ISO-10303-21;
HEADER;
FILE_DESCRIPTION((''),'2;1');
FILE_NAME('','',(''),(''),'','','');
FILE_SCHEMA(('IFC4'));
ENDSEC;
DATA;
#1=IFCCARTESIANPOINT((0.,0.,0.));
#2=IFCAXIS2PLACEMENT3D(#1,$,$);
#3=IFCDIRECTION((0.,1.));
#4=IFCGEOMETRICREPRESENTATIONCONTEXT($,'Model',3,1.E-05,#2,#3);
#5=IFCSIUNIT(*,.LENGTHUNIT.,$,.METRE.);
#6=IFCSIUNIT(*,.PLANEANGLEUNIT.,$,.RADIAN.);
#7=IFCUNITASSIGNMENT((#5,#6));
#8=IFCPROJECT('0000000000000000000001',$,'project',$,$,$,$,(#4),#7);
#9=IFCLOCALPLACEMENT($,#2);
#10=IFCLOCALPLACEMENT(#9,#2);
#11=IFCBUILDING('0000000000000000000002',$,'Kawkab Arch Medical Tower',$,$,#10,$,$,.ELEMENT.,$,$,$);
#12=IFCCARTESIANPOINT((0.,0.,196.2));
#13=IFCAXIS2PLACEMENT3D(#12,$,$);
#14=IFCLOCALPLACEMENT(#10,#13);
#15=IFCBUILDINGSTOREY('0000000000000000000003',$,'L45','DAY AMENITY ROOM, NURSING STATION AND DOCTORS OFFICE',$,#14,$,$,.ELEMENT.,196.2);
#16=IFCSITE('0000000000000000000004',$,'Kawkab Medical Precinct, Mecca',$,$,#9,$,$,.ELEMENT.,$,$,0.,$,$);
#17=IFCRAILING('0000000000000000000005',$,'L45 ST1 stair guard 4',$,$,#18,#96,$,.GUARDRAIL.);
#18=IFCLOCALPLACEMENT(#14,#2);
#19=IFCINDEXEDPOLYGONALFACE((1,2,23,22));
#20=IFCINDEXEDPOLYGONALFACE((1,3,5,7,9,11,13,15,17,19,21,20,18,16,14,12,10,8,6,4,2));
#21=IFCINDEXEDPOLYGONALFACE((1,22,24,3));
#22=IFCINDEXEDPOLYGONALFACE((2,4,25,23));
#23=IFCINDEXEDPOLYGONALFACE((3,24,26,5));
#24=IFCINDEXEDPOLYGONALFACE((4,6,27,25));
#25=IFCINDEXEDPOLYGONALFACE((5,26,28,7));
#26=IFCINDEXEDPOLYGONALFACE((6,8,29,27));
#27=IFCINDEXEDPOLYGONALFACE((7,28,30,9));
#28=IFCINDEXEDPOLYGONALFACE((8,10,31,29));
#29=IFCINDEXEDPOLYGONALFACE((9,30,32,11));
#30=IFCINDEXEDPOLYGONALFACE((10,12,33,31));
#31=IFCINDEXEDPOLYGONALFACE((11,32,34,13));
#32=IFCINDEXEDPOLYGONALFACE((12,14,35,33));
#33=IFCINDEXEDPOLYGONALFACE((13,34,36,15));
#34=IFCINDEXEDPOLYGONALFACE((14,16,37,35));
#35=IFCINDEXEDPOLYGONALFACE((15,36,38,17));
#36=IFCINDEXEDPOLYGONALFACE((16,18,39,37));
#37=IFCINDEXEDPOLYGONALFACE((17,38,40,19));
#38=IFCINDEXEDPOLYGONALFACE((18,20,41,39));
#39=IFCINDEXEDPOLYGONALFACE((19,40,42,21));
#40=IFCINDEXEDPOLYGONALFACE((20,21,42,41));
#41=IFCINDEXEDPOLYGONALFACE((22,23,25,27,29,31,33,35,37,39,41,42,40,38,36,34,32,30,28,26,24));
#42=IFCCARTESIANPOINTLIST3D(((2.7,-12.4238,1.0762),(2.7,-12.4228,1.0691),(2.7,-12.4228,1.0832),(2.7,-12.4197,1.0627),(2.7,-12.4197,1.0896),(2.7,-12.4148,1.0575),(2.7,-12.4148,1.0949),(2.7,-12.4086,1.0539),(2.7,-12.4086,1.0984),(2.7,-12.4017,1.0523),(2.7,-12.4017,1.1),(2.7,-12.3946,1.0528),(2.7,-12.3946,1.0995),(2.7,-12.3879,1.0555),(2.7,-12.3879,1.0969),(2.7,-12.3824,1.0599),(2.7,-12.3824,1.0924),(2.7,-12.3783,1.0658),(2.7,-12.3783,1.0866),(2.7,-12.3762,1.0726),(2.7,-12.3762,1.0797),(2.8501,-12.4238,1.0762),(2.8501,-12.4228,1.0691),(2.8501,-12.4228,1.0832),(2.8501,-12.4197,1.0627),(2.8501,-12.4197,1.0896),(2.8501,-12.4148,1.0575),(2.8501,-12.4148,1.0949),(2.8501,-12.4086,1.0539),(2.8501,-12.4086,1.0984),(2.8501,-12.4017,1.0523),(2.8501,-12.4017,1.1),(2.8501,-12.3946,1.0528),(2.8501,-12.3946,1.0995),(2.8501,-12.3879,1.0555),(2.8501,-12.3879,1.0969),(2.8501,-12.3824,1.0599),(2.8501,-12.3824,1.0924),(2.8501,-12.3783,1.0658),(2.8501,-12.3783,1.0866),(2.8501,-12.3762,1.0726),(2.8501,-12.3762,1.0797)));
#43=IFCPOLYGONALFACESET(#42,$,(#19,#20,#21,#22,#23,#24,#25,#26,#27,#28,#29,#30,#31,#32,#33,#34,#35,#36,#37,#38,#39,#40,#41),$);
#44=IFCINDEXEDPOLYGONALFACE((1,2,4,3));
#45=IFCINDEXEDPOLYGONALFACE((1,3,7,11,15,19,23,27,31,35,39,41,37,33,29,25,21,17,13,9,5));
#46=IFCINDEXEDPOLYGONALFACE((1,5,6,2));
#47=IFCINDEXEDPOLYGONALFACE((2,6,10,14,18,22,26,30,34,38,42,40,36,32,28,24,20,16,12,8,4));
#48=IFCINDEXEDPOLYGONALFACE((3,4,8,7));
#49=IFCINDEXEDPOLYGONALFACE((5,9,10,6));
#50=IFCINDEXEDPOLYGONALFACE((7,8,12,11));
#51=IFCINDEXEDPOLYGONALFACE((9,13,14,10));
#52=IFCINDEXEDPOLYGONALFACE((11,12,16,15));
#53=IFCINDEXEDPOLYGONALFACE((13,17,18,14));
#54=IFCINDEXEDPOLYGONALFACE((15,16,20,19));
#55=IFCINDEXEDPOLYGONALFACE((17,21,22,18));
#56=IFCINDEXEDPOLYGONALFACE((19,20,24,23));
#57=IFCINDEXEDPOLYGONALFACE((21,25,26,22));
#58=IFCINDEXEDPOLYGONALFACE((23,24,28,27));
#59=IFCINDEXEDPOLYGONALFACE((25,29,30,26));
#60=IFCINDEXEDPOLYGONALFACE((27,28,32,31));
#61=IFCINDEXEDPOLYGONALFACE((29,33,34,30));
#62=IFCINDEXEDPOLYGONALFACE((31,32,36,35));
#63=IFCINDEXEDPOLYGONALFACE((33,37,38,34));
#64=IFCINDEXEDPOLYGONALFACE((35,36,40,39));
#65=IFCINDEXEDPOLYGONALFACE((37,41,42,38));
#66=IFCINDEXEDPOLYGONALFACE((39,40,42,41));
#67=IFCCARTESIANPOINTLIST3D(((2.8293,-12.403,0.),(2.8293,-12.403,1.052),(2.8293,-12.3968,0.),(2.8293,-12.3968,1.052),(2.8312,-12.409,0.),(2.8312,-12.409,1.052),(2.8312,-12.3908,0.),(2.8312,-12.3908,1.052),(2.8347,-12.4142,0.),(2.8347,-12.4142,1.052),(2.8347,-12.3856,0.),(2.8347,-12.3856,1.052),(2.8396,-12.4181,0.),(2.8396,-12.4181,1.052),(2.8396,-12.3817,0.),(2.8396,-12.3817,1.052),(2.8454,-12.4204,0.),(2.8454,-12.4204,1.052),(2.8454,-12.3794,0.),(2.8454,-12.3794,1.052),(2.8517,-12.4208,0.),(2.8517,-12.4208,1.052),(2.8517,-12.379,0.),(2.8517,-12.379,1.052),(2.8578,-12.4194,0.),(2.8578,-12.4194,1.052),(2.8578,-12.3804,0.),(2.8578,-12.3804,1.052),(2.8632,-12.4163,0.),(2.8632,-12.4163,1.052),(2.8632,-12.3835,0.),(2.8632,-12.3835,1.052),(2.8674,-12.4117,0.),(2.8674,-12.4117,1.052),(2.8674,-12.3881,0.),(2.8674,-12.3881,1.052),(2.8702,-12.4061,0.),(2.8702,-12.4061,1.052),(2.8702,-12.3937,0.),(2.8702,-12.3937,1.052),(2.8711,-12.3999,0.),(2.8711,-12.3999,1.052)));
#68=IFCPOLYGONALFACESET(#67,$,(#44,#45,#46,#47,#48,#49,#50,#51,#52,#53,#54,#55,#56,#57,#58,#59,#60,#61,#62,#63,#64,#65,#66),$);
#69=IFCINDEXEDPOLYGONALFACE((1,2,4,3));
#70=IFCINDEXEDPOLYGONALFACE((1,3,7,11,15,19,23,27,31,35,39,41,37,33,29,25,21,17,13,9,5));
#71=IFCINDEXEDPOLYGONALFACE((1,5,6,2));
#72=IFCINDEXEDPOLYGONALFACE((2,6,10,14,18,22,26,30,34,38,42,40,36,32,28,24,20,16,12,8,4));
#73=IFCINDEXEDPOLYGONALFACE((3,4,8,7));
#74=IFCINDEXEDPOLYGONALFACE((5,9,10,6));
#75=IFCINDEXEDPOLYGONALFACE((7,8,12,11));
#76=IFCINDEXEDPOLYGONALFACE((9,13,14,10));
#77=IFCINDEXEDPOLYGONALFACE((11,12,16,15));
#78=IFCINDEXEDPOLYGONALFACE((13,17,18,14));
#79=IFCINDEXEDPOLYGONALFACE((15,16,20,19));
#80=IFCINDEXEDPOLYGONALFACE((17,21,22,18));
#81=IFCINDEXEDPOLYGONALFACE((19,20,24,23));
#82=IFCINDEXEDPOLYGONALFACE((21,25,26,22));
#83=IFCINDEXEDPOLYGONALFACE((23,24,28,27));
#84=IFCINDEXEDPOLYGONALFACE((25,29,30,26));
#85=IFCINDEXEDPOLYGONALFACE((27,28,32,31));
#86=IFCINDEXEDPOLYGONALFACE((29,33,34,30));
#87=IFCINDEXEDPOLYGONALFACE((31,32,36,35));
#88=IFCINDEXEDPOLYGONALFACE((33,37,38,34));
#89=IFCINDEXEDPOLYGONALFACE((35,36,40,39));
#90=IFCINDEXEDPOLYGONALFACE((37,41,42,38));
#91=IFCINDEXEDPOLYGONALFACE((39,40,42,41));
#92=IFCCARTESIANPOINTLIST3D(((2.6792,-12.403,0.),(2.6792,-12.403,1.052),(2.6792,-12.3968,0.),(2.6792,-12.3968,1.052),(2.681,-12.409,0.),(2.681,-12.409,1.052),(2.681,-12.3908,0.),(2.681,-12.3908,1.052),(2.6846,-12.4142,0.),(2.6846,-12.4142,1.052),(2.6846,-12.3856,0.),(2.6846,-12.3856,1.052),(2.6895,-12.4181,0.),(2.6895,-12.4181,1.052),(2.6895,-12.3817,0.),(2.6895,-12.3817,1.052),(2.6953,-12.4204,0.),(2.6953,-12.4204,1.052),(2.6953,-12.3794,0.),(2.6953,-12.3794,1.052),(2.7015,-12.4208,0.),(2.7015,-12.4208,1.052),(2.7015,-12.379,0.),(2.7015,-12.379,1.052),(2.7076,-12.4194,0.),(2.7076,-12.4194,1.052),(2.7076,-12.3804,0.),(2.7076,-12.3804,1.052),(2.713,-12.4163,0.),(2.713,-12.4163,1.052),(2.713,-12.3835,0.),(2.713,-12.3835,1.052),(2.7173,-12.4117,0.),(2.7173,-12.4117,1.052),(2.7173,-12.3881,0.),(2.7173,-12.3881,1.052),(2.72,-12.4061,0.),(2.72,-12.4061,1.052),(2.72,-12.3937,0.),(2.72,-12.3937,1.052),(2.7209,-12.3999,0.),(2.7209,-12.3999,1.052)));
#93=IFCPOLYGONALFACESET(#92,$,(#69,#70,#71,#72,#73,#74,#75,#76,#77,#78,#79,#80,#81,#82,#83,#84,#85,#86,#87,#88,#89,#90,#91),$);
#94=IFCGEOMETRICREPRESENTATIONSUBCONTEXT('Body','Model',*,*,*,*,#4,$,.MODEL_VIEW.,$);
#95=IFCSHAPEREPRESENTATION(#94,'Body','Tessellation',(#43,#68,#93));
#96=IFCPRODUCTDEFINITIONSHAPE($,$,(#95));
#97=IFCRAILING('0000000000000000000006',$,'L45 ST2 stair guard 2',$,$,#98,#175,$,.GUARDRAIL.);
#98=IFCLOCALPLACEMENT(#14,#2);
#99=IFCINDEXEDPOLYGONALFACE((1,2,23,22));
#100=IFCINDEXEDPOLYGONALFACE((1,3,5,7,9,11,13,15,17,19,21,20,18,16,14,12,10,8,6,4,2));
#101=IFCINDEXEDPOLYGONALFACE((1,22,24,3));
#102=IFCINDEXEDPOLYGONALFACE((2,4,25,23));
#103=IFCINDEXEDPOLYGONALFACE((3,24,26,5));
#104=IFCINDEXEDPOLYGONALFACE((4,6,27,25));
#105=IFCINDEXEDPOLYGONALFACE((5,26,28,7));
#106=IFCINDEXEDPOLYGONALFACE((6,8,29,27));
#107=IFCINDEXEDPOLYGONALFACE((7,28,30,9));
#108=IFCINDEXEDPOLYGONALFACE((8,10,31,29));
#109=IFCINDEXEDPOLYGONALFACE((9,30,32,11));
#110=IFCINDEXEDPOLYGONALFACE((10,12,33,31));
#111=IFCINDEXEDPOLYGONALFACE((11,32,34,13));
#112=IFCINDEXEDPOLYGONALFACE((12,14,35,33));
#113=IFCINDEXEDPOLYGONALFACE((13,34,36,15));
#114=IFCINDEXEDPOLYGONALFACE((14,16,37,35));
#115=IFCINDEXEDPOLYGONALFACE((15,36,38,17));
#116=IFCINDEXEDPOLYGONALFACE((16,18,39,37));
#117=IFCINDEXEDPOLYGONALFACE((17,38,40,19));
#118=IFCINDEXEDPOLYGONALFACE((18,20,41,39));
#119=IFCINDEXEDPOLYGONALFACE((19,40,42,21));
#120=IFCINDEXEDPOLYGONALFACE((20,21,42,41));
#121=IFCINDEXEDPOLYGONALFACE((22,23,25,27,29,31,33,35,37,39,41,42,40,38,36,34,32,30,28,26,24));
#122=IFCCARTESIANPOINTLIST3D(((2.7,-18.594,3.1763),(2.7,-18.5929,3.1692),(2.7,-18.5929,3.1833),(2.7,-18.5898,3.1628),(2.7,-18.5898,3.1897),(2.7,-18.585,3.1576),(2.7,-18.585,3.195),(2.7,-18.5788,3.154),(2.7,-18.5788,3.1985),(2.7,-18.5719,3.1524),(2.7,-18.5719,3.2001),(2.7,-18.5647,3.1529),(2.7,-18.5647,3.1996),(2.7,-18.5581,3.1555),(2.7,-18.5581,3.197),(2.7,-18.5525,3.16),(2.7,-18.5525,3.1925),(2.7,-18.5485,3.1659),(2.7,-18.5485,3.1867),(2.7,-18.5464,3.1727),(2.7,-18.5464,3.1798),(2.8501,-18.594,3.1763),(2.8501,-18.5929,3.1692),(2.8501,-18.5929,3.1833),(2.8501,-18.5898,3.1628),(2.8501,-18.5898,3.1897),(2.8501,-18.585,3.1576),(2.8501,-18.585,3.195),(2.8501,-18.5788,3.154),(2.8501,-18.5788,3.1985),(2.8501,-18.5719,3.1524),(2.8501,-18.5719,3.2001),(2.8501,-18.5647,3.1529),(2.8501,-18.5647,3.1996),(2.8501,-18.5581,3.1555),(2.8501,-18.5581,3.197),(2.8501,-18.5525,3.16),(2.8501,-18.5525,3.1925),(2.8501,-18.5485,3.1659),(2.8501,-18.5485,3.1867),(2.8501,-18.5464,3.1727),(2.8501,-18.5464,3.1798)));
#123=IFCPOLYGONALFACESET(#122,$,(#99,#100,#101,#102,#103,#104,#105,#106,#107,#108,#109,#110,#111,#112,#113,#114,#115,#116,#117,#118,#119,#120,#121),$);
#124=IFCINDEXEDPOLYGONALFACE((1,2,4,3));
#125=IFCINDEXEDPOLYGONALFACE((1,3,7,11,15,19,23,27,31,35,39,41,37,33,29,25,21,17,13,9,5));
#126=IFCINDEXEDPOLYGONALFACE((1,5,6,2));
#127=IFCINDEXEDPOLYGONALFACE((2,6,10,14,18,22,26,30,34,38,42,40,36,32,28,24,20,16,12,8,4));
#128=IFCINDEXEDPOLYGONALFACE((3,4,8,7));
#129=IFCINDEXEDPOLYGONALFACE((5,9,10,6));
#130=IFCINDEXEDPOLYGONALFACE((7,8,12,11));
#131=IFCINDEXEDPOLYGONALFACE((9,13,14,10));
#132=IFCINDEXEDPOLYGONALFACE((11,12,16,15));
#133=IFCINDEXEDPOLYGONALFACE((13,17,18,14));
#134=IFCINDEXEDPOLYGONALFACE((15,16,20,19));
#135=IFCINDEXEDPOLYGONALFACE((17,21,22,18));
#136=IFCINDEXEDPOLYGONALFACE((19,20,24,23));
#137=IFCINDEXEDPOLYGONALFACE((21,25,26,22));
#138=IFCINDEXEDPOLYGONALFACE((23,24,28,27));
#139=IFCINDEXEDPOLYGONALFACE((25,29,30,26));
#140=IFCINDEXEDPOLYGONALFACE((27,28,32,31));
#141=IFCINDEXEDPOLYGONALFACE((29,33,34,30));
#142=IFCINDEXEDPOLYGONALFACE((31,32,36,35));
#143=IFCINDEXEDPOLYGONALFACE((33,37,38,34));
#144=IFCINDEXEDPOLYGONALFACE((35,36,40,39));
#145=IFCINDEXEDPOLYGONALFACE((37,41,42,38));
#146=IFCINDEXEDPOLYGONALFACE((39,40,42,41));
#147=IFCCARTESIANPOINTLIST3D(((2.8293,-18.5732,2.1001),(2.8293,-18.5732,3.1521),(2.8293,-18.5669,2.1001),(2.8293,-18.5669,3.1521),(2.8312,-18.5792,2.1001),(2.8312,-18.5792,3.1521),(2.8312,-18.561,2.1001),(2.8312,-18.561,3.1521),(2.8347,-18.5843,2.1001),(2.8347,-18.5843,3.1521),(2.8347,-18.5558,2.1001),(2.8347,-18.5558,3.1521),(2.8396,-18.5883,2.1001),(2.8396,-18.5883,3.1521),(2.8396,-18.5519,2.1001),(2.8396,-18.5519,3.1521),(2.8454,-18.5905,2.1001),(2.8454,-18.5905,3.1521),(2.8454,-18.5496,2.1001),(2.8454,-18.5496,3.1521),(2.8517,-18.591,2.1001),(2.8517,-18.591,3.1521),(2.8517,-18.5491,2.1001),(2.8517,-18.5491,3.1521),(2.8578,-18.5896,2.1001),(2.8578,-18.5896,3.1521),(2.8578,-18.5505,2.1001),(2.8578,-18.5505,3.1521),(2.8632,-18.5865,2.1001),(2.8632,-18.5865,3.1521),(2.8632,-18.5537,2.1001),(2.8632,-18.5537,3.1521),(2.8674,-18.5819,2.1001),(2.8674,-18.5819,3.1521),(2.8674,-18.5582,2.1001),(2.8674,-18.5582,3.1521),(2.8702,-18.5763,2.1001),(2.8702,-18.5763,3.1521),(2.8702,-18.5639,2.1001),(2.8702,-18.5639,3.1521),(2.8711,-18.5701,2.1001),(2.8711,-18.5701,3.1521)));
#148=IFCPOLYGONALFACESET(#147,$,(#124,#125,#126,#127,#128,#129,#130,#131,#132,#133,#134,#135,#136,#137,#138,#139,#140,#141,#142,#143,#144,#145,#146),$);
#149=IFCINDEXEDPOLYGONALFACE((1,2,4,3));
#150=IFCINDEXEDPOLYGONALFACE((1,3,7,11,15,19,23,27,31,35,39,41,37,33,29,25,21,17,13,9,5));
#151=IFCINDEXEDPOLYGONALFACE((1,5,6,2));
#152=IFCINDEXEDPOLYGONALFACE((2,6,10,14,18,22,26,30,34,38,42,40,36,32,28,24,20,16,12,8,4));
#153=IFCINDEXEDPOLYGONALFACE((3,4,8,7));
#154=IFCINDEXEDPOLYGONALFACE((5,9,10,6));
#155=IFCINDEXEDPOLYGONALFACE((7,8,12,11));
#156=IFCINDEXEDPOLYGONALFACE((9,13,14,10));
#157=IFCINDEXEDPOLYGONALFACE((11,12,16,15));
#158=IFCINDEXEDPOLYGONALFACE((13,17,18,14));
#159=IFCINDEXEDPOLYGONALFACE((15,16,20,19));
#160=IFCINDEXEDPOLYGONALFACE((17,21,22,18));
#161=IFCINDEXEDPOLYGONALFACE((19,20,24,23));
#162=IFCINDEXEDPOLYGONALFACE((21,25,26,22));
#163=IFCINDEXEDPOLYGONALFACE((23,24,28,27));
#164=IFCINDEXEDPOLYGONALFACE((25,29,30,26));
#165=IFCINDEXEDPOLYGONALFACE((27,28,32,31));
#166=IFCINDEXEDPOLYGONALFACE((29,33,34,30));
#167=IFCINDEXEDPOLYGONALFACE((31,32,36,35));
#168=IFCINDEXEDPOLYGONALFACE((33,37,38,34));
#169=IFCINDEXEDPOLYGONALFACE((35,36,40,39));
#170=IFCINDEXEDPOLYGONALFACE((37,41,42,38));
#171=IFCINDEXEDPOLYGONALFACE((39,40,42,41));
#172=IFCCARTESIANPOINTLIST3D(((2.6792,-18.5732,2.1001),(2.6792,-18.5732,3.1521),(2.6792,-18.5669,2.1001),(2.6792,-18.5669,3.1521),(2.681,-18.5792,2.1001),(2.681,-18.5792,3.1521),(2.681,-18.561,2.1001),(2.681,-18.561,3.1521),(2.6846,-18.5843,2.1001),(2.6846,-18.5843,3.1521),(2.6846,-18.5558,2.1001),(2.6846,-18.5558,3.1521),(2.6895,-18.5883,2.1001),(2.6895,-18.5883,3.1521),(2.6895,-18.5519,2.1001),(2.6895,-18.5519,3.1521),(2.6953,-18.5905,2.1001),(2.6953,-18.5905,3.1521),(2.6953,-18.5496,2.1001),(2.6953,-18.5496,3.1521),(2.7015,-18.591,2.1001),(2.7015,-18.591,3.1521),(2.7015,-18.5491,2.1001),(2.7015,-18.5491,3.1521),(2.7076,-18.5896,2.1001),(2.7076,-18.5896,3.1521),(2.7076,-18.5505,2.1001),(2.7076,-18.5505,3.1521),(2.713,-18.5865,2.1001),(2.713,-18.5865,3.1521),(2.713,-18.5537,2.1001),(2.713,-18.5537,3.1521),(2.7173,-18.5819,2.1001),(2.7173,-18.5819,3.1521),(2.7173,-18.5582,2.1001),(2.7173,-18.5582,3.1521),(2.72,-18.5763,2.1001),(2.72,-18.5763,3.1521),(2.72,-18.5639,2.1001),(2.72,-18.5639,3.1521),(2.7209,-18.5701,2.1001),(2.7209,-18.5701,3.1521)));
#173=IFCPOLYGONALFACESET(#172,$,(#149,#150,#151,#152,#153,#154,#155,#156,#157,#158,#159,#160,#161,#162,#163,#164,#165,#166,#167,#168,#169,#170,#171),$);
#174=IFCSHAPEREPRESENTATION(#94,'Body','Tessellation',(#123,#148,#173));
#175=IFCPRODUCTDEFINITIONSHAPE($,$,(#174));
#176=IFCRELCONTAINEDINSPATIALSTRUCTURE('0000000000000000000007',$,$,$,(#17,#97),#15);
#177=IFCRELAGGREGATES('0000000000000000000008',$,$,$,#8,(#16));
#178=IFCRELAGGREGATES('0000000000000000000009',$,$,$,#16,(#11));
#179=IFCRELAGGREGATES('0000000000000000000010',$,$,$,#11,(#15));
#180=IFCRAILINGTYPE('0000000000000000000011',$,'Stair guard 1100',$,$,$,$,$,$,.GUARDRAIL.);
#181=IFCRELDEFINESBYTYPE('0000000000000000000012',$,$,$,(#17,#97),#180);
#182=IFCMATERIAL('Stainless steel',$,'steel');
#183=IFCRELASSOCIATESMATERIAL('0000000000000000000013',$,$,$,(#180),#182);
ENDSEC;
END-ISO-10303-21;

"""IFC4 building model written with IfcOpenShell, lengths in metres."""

from ifc_helpers import new_model, si_unit, direction, frame, origin, origin_2d, place, context, subcontext, project, spatial, circle, extrude, material, type_object, element, save


model = new_model("IFC4")

# Units and contexts
model_context = context("Model", 3, precision=1e-05, world=origin(), true_north=direction((0.0, 1.0)))
body_context = subcontext(model_context, "Body", "Model", "MODEL_VIEW")
ifc_project = project(units=[si_unit("LENGTHUNIT", "METRE"), si_unit("PLANEANGLEUNIT", "RADIAN")], contexts=[model_context])

# Site, building, storey
site_placement = place(None, origin())
site = spatial("IfcSite", under=ifc_project, at=site_placement, Name="Kawkab Medical Precinct, Mecca", CompositionType="ELEMENT", RefElevation=0.0)
building_placement = place(site_placement, origin())
building = spatial("IfcBuilding", under=site, at=building_placement, Name="Kawkab Arch Medical Tower", CompositionType="ELEMENT")
storey_placement = place(building_placement, frame((0.0, 0.0, 196.2)))
storey = spatial("IfcBuildingStorey", under=building, at=storey_placement, Name="L45", Description="DAY AMENITY ROOM, NURSING STATION AND DOCTORS OFFICE", CompositionType="ELEMENT", Elevation=196.2)

# Railings
ifc_material_1 = material(Name="Stainless steel", Category="steel")
railing_type_1 = type_object("IfcRailingType", Name="Stair guard 1100", PredefinedType="GUARDRAIL", material=ifc_material_1)
for number, where, name in (
    (1, (2.8501, -12.3999, 0.0), "L45 ST1 stair guard 4"),
    (2, (2.8501, -18.5701, 2.1001), "L45 ST2 stair guard 2"),
):
    element("IfcRailing", number, at=place(storey_placement, frame(where)), inside=storey, type_object=railing_type_1, Name=name, PredefinedType="GUARDRAIL", context=body_context, shape_type="SweptSolid", body=[
        extrude(circle(Radius=0.0239, at=origin_2d()), frame((0.0, 0.0, 1.0762), z_axis=(-1.0, 0.0, 0.0), x_axis=(0.0, -1.0, 0.0)), (0.0, 0.0, 1.0), 0.1501),
        extrude(circle(Radius=0.021, at=origin_2d()), origin(), (0.0, 0.0, 1.0), 1.052),
        extrude(circle(Radius=0.021, at=origin_2d()), frame((-0.1501, 0.0, 0.0)), (0.0, 0.0, 1.0), 1.052),
    ])

save(model, "model.ifc")
